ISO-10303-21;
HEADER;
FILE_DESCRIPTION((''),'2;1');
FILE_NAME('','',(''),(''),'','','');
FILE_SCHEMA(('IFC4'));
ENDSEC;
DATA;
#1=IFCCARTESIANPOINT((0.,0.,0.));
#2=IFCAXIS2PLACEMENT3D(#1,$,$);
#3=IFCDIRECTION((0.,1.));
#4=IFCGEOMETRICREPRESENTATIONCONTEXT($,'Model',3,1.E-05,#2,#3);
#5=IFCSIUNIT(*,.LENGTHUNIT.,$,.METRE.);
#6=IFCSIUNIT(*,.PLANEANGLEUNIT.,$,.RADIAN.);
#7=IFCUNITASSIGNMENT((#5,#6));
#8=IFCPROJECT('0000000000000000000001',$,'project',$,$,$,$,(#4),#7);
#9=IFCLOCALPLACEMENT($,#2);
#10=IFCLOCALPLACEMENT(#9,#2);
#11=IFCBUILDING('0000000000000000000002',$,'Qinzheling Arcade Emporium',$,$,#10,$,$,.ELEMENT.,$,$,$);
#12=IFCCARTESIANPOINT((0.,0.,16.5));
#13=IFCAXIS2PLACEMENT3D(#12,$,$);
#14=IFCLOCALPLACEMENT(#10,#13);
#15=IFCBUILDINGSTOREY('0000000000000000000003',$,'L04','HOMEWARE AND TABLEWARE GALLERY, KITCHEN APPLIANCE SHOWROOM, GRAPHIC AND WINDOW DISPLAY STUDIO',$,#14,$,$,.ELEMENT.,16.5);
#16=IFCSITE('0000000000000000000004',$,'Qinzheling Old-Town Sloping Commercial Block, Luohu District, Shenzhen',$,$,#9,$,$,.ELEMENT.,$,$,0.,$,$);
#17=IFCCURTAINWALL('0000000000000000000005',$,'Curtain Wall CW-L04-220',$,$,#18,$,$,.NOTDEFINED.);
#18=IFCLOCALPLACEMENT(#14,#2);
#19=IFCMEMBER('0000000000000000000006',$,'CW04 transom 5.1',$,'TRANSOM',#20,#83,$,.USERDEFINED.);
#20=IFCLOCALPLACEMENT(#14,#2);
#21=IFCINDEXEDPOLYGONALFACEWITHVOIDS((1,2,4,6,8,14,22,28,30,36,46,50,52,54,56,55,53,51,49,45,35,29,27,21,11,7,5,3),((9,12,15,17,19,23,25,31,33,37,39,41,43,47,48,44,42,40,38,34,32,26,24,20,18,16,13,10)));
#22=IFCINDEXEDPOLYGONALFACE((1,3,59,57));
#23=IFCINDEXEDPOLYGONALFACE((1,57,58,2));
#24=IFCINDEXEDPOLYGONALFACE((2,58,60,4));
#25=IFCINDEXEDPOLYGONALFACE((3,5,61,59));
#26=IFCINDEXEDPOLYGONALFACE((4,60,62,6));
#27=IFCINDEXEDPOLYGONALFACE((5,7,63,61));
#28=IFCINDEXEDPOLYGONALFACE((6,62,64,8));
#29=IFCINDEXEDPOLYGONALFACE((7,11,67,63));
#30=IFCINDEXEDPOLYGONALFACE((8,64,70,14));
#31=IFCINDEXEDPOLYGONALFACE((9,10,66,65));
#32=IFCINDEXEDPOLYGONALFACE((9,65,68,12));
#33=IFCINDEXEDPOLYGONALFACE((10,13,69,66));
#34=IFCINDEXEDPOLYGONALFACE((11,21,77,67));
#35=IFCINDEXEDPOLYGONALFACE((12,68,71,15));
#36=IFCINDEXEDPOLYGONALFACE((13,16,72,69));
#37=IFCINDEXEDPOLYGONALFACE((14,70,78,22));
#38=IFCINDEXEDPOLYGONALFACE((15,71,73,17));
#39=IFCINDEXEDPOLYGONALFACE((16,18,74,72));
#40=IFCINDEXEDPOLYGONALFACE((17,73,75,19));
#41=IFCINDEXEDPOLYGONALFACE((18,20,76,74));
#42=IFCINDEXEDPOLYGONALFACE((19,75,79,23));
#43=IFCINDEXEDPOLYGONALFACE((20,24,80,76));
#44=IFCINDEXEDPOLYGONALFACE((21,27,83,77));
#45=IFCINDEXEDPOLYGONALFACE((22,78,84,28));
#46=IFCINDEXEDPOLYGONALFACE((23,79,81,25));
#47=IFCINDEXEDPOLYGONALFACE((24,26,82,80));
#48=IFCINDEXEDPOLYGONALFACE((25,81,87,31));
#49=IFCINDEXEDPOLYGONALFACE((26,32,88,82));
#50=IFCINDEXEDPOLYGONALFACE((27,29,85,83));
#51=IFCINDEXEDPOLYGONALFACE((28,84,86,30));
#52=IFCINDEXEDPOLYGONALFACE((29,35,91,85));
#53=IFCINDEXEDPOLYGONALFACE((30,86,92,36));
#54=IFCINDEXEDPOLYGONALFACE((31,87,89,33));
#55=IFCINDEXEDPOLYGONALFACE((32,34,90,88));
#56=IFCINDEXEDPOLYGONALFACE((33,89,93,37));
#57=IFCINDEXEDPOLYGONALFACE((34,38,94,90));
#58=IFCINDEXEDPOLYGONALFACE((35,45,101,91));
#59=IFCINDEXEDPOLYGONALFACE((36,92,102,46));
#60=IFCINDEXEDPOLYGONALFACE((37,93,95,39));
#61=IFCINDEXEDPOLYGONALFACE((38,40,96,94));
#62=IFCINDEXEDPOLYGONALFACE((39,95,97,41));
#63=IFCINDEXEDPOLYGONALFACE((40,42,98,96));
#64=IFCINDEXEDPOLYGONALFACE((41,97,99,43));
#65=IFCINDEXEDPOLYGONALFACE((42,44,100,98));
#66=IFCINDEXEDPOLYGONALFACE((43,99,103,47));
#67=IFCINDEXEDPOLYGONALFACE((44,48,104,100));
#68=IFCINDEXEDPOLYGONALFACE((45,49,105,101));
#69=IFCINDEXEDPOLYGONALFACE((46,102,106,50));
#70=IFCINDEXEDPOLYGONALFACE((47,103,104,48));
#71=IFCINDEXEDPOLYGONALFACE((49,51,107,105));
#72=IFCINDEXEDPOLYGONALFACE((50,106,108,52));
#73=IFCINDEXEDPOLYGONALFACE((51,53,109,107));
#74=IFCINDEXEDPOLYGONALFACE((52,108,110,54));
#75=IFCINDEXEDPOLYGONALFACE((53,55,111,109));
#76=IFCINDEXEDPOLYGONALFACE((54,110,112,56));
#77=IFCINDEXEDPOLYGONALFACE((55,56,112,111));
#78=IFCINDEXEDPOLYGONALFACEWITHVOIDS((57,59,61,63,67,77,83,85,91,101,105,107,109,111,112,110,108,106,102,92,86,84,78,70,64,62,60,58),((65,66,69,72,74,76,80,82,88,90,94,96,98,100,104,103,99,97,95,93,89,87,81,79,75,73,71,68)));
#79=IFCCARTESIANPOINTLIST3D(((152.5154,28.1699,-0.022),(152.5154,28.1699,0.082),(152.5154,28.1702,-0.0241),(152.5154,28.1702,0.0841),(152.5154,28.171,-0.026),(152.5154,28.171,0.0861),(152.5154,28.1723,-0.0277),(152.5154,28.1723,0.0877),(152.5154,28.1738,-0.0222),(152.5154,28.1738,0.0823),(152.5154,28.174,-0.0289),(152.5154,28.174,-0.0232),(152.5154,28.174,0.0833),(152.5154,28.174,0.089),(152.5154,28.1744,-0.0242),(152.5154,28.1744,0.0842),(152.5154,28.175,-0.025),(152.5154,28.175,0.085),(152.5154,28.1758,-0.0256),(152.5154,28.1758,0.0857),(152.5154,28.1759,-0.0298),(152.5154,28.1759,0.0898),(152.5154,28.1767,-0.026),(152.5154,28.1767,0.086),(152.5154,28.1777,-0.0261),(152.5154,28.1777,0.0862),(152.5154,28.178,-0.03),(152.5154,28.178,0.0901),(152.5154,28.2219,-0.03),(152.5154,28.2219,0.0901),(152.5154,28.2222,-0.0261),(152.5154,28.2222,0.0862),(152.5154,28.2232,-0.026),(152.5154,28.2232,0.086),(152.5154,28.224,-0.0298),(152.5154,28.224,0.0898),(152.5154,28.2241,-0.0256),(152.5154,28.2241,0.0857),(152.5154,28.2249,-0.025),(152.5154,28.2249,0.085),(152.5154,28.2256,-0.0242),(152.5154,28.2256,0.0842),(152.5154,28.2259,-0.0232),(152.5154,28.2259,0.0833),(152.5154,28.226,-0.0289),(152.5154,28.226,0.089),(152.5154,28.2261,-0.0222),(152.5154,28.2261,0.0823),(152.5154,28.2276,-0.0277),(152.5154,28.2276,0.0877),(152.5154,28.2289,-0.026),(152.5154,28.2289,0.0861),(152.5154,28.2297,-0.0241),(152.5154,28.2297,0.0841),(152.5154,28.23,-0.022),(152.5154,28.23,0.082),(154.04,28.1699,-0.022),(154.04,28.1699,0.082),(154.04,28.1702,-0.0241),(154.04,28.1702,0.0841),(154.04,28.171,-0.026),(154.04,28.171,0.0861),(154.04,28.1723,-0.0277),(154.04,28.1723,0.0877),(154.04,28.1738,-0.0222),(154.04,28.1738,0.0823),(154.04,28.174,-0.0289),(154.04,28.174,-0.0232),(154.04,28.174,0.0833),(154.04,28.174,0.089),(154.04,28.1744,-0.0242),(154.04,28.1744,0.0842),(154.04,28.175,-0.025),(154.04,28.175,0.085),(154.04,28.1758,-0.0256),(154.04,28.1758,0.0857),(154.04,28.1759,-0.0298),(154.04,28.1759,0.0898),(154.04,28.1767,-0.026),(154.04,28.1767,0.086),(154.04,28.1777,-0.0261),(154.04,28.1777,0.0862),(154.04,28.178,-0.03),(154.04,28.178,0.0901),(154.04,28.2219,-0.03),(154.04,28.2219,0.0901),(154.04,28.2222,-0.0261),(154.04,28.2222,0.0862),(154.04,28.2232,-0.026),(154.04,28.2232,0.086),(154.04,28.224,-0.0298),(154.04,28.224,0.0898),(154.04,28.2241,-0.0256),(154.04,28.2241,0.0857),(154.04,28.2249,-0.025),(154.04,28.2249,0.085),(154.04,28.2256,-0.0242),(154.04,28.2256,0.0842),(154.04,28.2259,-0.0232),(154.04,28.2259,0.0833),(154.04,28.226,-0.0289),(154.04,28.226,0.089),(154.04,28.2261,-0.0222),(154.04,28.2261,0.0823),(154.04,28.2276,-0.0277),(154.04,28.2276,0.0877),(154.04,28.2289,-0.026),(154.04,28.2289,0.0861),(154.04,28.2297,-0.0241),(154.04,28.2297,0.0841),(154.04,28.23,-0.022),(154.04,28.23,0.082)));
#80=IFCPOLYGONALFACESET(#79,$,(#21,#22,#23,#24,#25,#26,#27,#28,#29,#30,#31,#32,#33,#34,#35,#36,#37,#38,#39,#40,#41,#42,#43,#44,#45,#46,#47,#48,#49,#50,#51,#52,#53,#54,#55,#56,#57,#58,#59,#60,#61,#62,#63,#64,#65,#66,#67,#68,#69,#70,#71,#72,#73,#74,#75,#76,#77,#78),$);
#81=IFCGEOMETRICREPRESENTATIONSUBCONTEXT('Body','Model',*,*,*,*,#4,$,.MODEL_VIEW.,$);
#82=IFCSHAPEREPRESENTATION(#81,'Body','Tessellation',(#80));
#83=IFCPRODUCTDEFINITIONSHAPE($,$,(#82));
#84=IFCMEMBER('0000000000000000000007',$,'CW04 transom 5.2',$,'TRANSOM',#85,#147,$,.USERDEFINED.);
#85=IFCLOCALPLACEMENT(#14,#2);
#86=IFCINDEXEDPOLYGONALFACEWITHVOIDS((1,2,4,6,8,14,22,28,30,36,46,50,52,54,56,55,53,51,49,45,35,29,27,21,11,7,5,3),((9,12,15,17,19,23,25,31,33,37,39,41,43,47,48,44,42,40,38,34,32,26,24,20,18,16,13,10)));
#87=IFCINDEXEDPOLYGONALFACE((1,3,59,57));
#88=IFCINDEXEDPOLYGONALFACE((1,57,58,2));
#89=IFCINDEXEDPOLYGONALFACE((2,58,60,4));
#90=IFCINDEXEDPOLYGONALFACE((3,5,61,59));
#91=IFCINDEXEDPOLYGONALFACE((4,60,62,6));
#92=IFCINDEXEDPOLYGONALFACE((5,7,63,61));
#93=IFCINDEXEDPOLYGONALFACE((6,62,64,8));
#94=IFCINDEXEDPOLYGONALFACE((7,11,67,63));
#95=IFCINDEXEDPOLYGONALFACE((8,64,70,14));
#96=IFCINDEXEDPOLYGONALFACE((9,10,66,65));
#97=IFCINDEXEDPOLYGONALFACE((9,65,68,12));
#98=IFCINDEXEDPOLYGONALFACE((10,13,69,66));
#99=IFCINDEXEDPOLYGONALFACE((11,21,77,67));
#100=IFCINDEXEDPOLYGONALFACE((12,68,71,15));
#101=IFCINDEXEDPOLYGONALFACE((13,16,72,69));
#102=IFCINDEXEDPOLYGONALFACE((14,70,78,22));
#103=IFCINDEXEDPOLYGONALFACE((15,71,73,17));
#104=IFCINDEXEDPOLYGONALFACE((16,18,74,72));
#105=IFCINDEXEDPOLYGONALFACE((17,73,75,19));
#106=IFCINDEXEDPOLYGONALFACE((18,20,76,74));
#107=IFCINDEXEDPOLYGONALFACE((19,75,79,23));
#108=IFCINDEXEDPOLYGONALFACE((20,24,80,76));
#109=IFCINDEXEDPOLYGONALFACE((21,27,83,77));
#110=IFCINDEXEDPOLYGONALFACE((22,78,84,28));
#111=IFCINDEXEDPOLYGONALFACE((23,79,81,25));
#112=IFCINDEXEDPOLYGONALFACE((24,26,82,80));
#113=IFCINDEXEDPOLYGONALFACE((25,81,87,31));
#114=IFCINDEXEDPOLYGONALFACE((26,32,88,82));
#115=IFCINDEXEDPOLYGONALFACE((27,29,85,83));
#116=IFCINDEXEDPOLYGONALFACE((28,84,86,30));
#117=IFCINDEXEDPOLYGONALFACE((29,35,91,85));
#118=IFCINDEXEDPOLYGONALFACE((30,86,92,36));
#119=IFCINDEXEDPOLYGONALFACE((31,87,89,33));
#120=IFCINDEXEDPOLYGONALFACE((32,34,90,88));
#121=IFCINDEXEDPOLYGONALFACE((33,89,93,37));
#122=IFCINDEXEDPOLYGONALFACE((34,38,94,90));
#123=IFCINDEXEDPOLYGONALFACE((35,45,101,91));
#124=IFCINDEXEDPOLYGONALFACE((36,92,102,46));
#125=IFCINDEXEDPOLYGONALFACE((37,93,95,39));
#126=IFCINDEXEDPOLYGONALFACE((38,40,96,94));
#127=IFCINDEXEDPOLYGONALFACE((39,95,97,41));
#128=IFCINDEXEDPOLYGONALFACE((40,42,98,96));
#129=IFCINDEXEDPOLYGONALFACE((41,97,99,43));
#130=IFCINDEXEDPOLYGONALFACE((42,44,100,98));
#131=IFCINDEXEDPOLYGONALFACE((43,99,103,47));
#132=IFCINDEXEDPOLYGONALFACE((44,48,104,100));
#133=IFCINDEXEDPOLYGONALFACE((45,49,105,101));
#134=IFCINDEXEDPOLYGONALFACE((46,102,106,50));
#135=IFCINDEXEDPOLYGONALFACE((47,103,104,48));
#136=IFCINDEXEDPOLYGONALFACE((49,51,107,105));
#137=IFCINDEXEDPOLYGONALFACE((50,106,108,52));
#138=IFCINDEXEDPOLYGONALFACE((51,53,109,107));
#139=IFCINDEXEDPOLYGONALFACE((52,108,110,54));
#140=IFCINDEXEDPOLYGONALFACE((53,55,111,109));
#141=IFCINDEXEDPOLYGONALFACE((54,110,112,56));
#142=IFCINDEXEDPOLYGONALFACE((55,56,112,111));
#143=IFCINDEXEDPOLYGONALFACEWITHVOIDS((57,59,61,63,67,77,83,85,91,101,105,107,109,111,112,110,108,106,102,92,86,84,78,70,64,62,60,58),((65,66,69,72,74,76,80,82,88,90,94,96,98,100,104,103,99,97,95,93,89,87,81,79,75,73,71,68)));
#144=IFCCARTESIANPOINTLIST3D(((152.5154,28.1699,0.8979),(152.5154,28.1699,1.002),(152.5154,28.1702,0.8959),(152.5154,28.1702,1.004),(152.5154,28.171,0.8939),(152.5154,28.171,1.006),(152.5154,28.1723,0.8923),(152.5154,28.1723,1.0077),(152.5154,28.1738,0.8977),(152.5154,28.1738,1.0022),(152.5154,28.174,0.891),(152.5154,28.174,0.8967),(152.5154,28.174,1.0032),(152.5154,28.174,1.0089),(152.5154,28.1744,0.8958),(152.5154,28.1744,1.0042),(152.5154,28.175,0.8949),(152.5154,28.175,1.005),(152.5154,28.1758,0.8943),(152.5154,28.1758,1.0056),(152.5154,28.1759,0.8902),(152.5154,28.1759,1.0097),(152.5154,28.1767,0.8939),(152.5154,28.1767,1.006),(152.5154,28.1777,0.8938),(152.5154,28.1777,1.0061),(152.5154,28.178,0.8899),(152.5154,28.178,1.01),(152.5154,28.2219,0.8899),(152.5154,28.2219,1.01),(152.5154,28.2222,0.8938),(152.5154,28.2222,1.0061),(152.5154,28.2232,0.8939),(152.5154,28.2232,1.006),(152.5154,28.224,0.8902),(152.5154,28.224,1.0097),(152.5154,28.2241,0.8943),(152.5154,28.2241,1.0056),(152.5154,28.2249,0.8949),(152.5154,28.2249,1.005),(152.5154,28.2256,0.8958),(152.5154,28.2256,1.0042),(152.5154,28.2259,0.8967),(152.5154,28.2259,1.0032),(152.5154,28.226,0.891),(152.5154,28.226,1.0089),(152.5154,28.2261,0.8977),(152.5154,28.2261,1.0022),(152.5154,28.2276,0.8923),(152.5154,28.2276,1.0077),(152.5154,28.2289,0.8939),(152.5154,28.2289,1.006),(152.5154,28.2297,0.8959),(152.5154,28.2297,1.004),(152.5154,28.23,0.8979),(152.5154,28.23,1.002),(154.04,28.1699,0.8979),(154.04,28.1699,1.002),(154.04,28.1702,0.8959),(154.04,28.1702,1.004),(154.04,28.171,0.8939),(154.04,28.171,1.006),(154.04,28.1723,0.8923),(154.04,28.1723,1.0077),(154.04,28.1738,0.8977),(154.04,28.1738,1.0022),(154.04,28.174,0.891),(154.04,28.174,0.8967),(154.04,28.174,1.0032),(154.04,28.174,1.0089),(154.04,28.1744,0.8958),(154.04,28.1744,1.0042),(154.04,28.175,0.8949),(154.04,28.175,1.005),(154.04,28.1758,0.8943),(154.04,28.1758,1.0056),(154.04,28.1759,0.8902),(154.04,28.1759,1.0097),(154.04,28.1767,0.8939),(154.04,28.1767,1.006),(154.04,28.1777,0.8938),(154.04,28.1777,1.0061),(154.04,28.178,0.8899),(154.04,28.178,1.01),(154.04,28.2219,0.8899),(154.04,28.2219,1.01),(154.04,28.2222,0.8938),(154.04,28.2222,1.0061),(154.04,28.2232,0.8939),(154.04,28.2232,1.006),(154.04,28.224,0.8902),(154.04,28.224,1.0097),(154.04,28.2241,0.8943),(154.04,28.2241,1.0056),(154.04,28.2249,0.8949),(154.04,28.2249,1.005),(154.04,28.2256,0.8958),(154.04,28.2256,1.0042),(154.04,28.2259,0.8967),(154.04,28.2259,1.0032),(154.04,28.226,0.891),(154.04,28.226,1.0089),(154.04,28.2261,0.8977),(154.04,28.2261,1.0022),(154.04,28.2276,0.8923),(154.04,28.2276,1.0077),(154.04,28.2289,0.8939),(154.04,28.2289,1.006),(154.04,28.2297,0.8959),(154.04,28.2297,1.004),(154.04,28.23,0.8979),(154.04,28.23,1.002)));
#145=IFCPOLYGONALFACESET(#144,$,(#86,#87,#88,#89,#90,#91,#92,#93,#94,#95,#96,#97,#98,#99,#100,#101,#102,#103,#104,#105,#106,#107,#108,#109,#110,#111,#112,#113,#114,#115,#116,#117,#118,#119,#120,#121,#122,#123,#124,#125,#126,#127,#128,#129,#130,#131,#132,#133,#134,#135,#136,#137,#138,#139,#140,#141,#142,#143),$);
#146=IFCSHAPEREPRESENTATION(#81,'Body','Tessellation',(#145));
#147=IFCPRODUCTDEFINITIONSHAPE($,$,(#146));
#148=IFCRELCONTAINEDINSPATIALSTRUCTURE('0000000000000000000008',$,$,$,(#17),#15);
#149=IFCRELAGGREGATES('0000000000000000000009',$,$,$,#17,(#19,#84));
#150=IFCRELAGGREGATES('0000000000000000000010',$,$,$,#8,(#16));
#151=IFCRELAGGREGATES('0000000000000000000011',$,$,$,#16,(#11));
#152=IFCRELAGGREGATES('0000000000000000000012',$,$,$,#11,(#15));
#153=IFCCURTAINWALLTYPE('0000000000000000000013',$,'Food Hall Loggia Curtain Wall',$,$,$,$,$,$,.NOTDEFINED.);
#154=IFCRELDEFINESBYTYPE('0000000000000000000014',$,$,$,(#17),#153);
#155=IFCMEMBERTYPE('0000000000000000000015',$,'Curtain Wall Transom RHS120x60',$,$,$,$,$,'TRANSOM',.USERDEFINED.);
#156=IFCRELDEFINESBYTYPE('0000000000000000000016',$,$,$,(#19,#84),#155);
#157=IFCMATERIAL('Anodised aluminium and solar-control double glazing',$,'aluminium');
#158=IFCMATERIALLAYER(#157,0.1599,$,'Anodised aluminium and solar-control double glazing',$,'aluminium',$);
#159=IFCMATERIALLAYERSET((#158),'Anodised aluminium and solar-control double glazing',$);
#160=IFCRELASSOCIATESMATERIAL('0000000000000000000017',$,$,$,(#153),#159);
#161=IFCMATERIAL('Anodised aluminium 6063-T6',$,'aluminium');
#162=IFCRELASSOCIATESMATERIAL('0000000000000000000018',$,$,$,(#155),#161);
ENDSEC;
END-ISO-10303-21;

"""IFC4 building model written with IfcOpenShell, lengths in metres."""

from ifc_helpers import new_model, si_unit, direction, frame, origin, origin_2d, place, context, subcontext, project, spatial, hollow_rectangle, extrude, material, layer, layer_set, material_profile, profile_set, type_object, element, aggregate, save


model = new_model("IFC4")

# Units and contexts
model_context = context("Model", 3, precision=1e-05, world=origin(), true_north=direction((0.0, 1.0)))
body_context = subcontext(model_context, "Body", "Model", "MODEL_VIEW")
ifc_project = project(units=[si_unit("LENGTHUNIT", "METRE"), si_unit("PLANEANGLEUNIT", "RADIAN")], contexts=[model_context])

# Site, building, storey
site_placement = place(None, origin())
site = spatial("IfcSite", under=ifc_project, at=site_placement, Name="Qinzheling Old-Town Sloping Commercial Block, Luohu District, Shenzhen", CompositionType="ELEMENT", RefElevation=0.0)
building_placement = place(site_placement, origin())
building = spatial("IfcBuilding", under=site, at=building_placement, Name="Qinzheling Arcade Emporium", CompositionType="ELEMENT")
storey_placement = place(building_placement, frame((0.0, 0.0, 16.5)))
storey = spatial("IfcBuildingStorey", under=building, at=storey_placement, Name="L04", Description="HOMEWARE AND TABLEWARE GALLERY, KITCHEN APPLIANCE SHOWROOM, GRAPHIC AND WINDOW DISPLAY STUDIO", CompositionType="ELEMENT", Elevation=16.5)

# Curtain wall, members
ifc_material_1 = material(Name="Anodised aluminium and solar-control double glazing", Category="aluminium")
ifc_layer_1 = layer(ifc_material_1, 0.1599, Name="Anodised aluminium and solar-control double glazing", Category="aluminium")
ifc_layer_set_1 = layer_set([ifc_layer_1], Name="Anodised aluminium and solar-control double glazing")
curtain_wall_type = type_object("IfcCurtainWallType", Name="Food Hall Loggia Curtain Wall", PredefinedType="NOTDEFINED", material=ifc_layer_set_1)
curtain_wall_placement = place(storey_placement, origin())
curtain_wall = element("IfcCurtainWall", 1, at=curtain_wall_placement, inside=storey, type_object=curtain_wall_type, Name="Curtain Wall CW-L04-220", PredefinedType="NOTDEFINED")
ifc_material_2 = material(Name="Anodised aluminium 6063-T6", Category="aluminium")
ifc_material_profile_1 = material_profile(ifc_material_2, hollow_rectangle(XDim=0.0601, YDim=0.1201, WallThickness=0.0039, InnerFilletRadius=0.0039, OuterFilletRadius=0.0081, at=origin_2d()), Name="RHS 120x60x4", Category="aluminium")
ifc_profile_set_1 = profile_set([ifc_material_profile_1], Name="Anodised aluminium 6063-T6")
member_type_1 = type_object("IfcMemberType", Name="Curtain Wall Transom RHS120x60", ElementType="TRANSOM", PredefinedType="USERDEFINED", material=ifc_profile_set_1)
member_1_placement = place(storey_placement, frame((152.5154, 28.2, 0.03), z_axis=(1.0, 0.0, 0.0), x_axis=(0.0, 1.0, 0.0)))
member_1 = element("IfcMember", 2, at=member_1_placement, type_object=member_type_1, Name="CW04 transom 5.1", ObjectType="TRANSOM", PredefinedType="USERDEFINED", context=body_context, shape_type="SweptSolid", body=[
    extrude(hollow_rectangle(XDim=0.0601, YDim=0.1201, WallThickness=0.0039, InnerFilletRadius=0.0039, OuterFilletRadius=0.0081, at=origin_2d()), origin(), (0.0, 0.0, 1.0), 1.5247),
])
member_2_placement = place(storey_placement, frame((152.5154, 28.2, 0.95), z_axis=(1.0, 0.0, 0.0), x_axis=(0.0, 1.0, 0.0)))
member_2 = element("IfcMember", 3, at=member_2_placement, type_object=member_type_1, Name="CW04 transom 5.2", ObjectType="TRANSOM", PredefinedType="USERDEFINED", context=body_context, shape_type="SweptSolid", body=[
    extrude(hollow_rectangle(XDim=0.0601, YDim=0.1201, WallThickness=0.0039, InnerFilletRadius=0.0039, OuterFilletRadius=0.0081, at=origin_2d()), origin(), (0.0, 0.0, 1.0), 1.5247),
])

aggregate(curtain_wall, [member_1, member_2])

save(model, "model.ifc")
